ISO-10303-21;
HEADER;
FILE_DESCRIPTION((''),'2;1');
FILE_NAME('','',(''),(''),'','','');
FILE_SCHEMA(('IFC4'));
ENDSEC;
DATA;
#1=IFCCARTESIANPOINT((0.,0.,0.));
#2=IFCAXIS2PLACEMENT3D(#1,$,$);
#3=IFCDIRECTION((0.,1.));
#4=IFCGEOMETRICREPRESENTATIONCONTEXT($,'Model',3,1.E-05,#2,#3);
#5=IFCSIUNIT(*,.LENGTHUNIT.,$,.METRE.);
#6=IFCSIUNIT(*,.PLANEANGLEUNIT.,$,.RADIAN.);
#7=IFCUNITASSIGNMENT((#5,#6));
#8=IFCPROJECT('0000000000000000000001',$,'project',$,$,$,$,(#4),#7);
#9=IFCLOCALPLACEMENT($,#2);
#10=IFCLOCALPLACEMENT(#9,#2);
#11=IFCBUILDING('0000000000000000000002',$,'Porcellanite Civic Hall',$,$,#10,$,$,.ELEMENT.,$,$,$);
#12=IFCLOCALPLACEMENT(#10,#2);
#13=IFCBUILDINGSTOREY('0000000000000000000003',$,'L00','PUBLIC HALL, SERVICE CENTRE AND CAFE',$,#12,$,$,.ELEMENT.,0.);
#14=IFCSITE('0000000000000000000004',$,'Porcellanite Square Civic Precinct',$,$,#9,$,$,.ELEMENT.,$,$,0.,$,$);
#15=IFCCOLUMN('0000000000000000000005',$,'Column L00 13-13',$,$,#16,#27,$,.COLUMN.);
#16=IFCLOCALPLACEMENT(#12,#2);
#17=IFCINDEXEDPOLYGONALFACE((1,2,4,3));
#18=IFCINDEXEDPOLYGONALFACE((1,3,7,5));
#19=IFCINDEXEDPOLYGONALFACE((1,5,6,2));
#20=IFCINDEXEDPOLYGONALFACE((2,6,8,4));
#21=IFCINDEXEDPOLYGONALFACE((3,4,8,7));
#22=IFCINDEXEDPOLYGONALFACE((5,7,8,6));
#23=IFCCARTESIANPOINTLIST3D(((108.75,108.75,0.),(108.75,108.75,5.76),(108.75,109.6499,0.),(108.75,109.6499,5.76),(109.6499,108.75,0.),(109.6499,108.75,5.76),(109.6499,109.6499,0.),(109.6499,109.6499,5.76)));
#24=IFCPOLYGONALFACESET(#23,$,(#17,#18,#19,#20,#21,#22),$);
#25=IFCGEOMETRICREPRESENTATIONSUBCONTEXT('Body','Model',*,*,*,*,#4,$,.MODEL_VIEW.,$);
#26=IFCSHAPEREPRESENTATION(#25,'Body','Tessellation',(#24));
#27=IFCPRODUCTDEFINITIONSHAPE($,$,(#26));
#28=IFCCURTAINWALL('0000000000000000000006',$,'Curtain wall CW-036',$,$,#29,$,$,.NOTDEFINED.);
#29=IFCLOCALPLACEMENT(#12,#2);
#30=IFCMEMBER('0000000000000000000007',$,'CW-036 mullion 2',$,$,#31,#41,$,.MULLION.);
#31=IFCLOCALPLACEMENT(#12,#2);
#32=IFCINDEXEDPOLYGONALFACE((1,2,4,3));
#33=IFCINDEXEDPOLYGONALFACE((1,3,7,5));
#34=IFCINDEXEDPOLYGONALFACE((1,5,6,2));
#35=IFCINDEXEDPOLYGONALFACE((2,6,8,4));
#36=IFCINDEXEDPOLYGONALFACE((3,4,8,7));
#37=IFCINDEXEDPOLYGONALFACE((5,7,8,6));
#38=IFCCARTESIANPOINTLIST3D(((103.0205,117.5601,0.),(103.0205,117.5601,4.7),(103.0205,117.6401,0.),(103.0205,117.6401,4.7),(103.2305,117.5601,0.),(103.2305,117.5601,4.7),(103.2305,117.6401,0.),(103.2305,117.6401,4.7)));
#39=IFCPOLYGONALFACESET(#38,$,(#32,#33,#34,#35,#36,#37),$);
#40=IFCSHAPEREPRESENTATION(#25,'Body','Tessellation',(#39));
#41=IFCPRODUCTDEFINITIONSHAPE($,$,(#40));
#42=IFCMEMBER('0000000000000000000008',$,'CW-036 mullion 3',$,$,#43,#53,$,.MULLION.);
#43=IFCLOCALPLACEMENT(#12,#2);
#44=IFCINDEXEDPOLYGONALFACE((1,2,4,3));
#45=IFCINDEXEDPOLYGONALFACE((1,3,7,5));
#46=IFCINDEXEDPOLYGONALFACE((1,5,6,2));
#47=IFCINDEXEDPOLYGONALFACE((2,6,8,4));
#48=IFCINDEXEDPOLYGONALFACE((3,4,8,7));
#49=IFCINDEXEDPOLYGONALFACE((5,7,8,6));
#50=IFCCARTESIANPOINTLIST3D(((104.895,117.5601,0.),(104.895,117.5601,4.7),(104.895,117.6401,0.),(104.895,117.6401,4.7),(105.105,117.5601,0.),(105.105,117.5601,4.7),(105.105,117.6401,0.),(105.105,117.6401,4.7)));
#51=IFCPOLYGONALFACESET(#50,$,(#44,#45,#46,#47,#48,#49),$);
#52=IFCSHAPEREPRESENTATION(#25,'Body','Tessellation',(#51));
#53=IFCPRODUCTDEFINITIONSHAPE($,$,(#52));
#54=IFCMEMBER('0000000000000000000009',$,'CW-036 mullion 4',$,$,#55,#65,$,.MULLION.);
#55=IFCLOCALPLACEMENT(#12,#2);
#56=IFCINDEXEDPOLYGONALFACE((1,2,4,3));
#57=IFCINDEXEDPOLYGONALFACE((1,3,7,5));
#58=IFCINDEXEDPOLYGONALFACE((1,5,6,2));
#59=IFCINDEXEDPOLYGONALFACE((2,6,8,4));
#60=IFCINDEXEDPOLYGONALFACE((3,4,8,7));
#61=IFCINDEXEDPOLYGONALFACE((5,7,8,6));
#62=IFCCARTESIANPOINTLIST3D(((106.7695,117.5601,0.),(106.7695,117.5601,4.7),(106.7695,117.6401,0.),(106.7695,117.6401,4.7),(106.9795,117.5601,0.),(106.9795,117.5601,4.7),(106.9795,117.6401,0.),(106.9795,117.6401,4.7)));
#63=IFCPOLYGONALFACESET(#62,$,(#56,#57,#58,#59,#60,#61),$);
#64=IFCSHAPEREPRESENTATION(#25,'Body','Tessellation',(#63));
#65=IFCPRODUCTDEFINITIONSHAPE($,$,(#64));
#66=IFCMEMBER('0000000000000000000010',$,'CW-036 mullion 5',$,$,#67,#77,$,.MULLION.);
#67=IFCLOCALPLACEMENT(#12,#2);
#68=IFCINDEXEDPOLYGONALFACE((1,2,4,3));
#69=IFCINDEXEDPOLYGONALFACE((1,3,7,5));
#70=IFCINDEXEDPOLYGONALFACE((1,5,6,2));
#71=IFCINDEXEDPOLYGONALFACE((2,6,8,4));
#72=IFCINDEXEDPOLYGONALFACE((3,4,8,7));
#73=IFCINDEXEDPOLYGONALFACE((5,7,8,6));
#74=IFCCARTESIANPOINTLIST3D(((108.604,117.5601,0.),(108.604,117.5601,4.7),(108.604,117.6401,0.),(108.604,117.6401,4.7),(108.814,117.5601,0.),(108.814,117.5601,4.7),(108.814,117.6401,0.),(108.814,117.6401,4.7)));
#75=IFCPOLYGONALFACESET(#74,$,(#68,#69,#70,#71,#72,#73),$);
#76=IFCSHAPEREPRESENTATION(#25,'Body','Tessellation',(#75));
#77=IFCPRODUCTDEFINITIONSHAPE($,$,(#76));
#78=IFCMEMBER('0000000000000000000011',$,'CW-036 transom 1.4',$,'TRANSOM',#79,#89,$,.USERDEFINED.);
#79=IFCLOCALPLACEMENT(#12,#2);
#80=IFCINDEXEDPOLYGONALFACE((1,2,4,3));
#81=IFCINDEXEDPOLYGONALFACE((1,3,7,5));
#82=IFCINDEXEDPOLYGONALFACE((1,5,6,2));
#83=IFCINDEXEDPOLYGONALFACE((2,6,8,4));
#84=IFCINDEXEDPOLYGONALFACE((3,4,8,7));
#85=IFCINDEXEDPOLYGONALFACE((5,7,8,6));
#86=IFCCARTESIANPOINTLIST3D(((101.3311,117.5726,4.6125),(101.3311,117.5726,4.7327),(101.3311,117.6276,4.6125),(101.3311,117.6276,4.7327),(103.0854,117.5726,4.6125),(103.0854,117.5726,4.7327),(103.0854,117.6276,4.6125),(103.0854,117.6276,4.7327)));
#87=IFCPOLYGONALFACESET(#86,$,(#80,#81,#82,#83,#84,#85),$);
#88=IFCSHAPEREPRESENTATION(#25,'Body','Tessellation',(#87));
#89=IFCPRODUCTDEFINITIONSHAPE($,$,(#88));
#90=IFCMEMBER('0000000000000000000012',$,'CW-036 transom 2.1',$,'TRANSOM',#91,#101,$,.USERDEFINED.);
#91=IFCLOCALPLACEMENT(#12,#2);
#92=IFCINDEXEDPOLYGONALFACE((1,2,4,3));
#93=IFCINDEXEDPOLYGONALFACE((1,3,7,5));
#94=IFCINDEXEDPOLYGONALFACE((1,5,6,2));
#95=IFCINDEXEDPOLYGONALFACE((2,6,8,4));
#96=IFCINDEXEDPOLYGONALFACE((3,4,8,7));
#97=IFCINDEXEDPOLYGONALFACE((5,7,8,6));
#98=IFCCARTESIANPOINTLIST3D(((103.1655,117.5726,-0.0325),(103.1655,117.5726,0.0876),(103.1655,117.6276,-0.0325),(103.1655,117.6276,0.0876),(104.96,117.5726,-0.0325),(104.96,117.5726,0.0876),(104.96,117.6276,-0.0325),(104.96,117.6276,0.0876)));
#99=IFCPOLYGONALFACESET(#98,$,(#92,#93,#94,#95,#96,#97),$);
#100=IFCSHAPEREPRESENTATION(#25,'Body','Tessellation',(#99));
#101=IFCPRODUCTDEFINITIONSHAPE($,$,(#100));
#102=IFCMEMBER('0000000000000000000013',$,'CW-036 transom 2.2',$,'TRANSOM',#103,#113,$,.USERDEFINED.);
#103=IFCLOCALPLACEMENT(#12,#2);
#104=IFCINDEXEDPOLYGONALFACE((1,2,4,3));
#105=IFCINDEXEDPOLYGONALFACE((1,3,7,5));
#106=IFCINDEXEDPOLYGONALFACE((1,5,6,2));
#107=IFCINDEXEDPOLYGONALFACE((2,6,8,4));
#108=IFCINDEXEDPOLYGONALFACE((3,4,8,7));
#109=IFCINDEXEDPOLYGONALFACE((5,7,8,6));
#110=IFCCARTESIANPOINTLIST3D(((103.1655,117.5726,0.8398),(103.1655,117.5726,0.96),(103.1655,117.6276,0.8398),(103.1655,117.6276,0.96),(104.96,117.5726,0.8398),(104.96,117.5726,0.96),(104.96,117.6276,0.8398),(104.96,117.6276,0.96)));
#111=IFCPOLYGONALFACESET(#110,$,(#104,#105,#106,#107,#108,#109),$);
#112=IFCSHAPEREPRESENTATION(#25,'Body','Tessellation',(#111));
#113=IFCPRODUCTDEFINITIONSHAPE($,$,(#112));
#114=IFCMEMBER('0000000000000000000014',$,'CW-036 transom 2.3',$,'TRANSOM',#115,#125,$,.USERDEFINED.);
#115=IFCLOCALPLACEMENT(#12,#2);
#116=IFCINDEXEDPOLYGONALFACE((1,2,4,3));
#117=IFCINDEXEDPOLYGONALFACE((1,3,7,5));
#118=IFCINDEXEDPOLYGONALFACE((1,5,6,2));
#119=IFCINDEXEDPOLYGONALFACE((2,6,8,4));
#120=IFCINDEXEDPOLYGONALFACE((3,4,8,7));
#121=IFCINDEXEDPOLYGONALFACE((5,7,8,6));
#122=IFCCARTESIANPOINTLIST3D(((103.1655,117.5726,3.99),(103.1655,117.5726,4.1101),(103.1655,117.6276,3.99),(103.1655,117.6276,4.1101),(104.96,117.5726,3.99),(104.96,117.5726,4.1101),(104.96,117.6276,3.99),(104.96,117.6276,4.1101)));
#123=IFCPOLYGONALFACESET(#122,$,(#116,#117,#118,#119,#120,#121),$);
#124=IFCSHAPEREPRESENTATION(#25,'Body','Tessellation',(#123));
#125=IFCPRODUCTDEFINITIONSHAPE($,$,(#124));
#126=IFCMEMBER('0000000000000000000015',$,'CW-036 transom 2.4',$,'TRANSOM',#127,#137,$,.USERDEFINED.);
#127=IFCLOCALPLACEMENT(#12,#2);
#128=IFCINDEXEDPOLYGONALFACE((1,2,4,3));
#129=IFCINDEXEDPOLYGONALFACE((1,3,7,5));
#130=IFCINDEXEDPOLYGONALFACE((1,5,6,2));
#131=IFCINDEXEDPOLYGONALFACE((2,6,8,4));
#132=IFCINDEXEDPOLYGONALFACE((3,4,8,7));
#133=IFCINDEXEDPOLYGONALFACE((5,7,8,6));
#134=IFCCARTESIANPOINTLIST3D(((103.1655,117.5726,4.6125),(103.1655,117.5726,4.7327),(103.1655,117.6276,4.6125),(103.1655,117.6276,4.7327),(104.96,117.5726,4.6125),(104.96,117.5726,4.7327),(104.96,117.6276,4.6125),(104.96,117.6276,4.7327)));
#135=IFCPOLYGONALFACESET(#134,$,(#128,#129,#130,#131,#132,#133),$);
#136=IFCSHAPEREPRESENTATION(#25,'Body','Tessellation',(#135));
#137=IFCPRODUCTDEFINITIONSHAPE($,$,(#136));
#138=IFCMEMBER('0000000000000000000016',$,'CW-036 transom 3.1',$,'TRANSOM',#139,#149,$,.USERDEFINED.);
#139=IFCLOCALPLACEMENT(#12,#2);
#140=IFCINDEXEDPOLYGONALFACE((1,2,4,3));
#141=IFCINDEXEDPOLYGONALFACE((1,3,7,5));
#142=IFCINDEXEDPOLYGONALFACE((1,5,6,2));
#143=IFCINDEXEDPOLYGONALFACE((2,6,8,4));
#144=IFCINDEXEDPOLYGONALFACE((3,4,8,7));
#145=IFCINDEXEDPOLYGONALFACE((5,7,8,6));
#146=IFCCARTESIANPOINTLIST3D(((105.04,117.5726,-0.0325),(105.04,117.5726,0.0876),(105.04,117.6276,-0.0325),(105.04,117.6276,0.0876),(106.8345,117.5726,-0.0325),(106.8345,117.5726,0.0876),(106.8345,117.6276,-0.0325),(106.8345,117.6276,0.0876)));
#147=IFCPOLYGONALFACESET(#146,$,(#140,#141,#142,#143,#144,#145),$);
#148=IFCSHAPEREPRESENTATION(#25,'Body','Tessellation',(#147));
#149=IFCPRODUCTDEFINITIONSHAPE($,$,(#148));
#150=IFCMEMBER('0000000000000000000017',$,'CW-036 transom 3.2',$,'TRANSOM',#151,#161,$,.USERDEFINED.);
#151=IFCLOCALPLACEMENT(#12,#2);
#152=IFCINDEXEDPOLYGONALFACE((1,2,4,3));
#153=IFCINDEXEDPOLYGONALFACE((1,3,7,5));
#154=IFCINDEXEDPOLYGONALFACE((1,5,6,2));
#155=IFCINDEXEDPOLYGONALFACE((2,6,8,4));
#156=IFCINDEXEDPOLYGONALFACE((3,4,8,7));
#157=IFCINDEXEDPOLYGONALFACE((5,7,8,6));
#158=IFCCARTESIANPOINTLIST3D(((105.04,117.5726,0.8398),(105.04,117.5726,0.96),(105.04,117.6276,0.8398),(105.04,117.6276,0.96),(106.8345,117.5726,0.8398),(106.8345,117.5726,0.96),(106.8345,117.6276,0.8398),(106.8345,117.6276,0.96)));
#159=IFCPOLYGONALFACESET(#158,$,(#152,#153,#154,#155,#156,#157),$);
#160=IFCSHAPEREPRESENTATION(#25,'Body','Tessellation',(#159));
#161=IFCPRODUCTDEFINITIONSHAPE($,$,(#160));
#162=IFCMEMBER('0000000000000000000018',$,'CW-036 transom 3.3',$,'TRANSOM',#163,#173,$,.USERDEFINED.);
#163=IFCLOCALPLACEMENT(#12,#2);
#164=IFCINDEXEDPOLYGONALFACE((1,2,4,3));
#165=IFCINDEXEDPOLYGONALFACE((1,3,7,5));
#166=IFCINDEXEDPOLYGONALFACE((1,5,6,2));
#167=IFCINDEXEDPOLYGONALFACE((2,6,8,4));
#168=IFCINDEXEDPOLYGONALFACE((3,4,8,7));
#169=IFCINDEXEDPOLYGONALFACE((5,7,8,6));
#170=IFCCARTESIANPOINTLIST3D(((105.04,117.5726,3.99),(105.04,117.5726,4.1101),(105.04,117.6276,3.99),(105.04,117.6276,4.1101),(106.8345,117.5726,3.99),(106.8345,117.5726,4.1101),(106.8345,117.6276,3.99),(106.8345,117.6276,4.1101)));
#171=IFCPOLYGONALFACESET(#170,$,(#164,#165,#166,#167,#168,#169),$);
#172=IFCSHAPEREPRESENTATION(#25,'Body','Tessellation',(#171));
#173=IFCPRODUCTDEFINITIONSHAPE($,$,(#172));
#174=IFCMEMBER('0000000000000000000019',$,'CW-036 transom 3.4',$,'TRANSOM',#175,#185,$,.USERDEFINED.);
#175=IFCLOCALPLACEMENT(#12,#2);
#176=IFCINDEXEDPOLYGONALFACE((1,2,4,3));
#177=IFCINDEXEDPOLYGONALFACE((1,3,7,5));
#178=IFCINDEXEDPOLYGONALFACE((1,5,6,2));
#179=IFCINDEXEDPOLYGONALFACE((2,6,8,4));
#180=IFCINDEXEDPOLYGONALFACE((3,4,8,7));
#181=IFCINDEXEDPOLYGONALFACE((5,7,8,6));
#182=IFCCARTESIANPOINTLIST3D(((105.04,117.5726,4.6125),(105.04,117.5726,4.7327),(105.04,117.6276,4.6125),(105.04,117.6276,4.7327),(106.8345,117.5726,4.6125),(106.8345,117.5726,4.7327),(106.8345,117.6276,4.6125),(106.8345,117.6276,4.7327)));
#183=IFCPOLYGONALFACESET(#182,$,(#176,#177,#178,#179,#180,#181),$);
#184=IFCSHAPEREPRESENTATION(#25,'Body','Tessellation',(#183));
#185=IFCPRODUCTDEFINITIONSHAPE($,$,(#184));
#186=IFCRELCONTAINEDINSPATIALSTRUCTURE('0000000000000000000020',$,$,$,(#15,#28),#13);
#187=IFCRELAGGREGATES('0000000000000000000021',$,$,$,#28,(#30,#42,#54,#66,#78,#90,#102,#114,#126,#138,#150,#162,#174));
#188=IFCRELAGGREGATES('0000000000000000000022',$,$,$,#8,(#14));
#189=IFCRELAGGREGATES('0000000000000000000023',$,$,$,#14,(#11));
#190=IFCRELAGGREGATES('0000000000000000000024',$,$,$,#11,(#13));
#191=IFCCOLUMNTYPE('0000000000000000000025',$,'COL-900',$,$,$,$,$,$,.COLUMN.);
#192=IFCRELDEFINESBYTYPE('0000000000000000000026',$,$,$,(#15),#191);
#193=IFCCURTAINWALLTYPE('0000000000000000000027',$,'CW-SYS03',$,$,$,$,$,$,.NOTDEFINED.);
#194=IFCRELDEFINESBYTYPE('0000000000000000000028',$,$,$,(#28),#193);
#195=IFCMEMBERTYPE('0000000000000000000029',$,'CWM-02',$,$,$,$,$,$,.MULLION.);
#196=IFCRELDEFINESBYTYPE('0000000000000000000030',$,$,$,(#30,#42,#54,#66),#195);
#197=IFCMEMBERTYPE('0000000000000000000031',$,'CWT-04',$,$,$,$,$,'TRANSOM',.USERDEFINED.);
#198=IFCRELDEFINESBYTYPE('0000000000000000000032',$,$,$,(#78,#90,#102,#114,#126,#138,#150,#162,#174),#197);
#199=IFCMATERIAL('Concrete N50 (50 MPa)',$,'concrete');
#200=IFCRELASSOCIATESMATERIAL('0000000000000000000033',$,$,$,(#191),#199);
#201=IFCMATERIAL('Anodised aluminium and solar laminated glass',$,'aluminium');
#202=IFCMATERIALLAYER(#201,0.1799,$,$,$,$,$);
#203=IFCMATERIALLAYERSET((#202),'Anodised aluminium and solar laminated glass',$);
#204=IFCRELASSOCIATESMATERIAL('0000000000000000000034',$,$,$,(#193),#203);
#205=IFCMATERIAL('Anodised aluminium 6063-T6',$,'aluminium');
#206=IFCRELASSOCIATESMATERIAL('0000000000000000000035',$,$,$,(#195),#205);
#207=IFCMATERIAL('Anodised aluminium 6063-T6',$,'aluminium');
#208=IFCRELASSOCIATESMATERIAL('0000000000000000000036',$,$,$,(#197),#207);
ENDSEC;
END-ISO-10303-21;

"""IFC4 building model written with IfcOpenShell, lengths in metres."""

from ifc_helpers import new_model, si_unit, direction, frame, origin, origin_2d, place, context, subcontext, project, spatial, rectangle, extrude, material, layer, layer_set, material_profile, profile_set, type_object, element, aggregate, save


model = new_model("IFC4")

# Units and contexts
model_context = context("Model", 3, precision=1e-05, world=origin(), true_north=direction((0.0, 1.0)))
body_context = subcontext(model_context, "Body", "Model", "MODEL_VIEW")
ifc_project = project(units=[si_unit("LENGTHUNIT", "METRE"), si_unit("PLANEANGLEUNIT", "RADIAN")], contexts=[model_context])

# Site, building, storey
site_placement = place(None, origin())
site = spatial("IfcSite", under=ifc_project, at=site_placement, Name="Porcellanite Square Civic Precinct", CompositionType="ELEMENT", RefElevation=0.0)
building_placement = place(site_placement, origin())
building = spatial("IfcBuilding", under=site, at=building_placement, Name="Porcellanite Civic Hall", CompositionType="ELEMENT")
storey_placement = place(building_placement, origin())
storey = spatial("IfcBuildingStorey", under=building, at=storey_placement, Name="L00", Description="PUBLIC HALL, SERVICE CENTRE AND CAFE", CompositionType="ELEMENT", Elevation=0.0)

# Column
ifc_material_1 = material(Name="Concrete N50 (50 MPa)", Category="concrete")
ifc_material_profile_1 = material_profile(ifc_material_1, rectangle(XDim=0.8999, YDim=0.8999, at=origin_2d()), Name="RC-900x900")
ifc_profile_set_1 = profile_set([ifc_material_profile_1], Name="Concrete N50 (50 MPa)")
column_type = type_object("IfcColumnType", Name="COL-900", PredefinedType="COLUMN", material=ifc_profile_set_1)
column_placement = place(storey_placement, frame((109.2, 109.2, 0.0), z_axis=(0.0, 0.0, 1.0), x_axis=(1.0, 0.0, 0.0)))
element("IfcColumn", 1, at=column_placement, inside=storey, type_object=column_type, Name="Column L00 13-13", PredefinedType="COLUMN", context=body_context, shape_type="SweptSolid", body=[
    extrude(rectangle(XDim=0.8999, YDim=0.8999, at=origin_2d()), origin(), (0.0, 0.0, 1.0), 5.76),
])

# Curtain wall, members
ifc_material_2 = material(Name="Anodised aluminium and solar laminated glass", Category="aluminium")
ifc_layer_1 = layer(ifc_material_2, 0.1799)
ifc_layer_set_1 = layer_set([ifc_layer_1], Name="Anodised aluminium and solar laminated glass")
curtain_wall_type = type_object("IfcCurtainWallType", Name="CW-SYS03", PredefinedType="NOTDEFINED", material=ifc_layer_set_1)
curtain_wall_placement = place(storey_placement, origin())
curtain_wall = element("IfcCurtainWall", 2, at=curtain_wall_placement, inside=storey, type_object=curtain_wall_type, Name="Curtain wall CW-036", PredefinedType="NOTDEFINED")
ifc_material_3 = material(Name="Anodised aluminium 6063-T6", Category="aluminium")
ifc_material_profile_2 = material_profile(ifc_material_3, rectangle(XDim=0.0801, YDim=0.21, at=origin_2d()), Name="AL-80x210")
ifc_profile_set_2 = profile_set([ifc_material_profile_2], Name="Anodised aluminium 6063-T6")
member_type_1 = type_object("IfcMemberType", Name="CWM-02", PredefinedType="MULLION", material=ifc_profile_set_2)
member_1_placement = place(storey_placement, frame((103.1255, 117.6001, 0.0), z_axis=(0.0, 0.0, 1.0), x_axis=(0.0, 1.0, 0.0)))
member_1 = element("IfcMember", 3, at=member_1_placement, type_object=member_type_1, Name="CW-036 mullion 2", PredefinedType="MULLION", context=body_context, shape_type="SweptSolid", body=[
    extrude(rectangle(XDim=0.0801, YDim=0.21, at=origin_2d()), origin(), (0.0, 0.0, 1.0), 4.7),
])
member_2_placement = place(storey_placement, frame((105.0, 117.6001, 0.0), z_axis=(0.0, 0.0, 1.0), x_axis=(0.0, 1.0, 0.0)))
member_2 = element("IfcMember", 4, at=member_2_placement, type_object=member_type_1, Name="CW-036 mullion 3", PredefinedType="MULLION", context=body_context, shape_type="SweptSolid", body=[
    extrude(rectangle(XDim=0.0801, YDim=0.21, at=origin_2d()), origin(), (0.0, 0.0, 1.0), 4.7),
])
member_3_placement = place(storey_placement, frame((106.8745, 117.6001, 0.0), z_axis=(0.0, 0.0, 1.0), x_axis=(0.0, 1.0, 0.0)))
member_3 = element("IfcMember", 5, at=member_3_placement, type_object=member_type_1, Name="CW-036 mullion 4", PredefinedType="MULLION", context=body_context, shape_type="SweptSolid", body=[
    extrude(rectangle(XDim=0.0801, YDim=0.21, at=origin_2d()), origin(), (0.0, 0.0, 1.0), 4.7),
])
member_4_placement = place(storey_placement, frame((108.709, 117.6001, 0.0), z_axis=(0.0, 0.0, 1.0), x_axis=(0.0, 1.0, 0.0)))
member_4 = element("IfcMember", 6, at=member_4_placement, type_object=member_type_1, Name="CW-036 mullion 5", PredefinedType="MULLION", context=body_context, shape_type="SweptSolid", body=[
    extrude(rectangle(XDim=0.0801, YDim=0.21, at=origin_2d()), origin(), (0.0, 0.0, 1.0), 4.7),
])
ifc_material_4 = material(Name="Anodised aluminium 6063-T6", Category="aluminium")
ifc_material_profile_3 = material_profile(ifc_material_4, rectangle(XDim=0.0549, YDim=0.1201, at=origin_2d()), Name="AL-55x120")
ifc_profile_set_3 = profile_set([ifc_material_profile_3], Name="Anodised aluminium 6063-T6")
member_type_2 = type_object("IfcMemberType", Name="CWT-04", ElementType="TRANSOM", PredefinedType="USERDEFINED", material=ifc_profile_set_3)
member_5_placement = place(storey_placement, frame((101.3311, 117.6001, 4.6726), z_axis=(1.0, 0.0, 0.0), x_axis=(0.0, 1.0, 0.0)))
member_5 = element("IfcMember", 7, at=member_5_placement, type_object=member_type_2, Name="CW-036 transom 1.4", ObjectType="TRANSOM", PredefinedType="USERDEFINED", context=body_context, shape_type="SweptSolid", body=[
    extrude(rectangle(XDim=0.0549, YDim=0.1201, at=origin_2d()), origin(), (0.0, 0.0, 1.0), 1.7544),
])
member_6_placement = place(storey_placement, frame((103.1655, 117.6001, 0.0276), z_axis=(1.0, 0.0, 0.0), x_axis=(0.0, 1.0, 0.0)))
member_6 = element("IfcMember", 8, at=member_6_placement, type_object=member_type_2, Name="CW-036 transom 2.1", ObjectType="TRANSOM", PredefinedType="USERDEFINED", context=body_context, shape_type="SweptSolid", body=[
    extrude(rectangle(XDim=0.0549, YDim=0.1201, at=origin_2d()), origin(), (0.0, 0.0, 1.0), 1.7944),
])
member_7_placement = place(storey_placement, frame((103.1655, 117.6001, 0.8999), z_axis=(1.0, 0.0, 0.0), x_axis=(0.0, 1.0, 0.0)))
member_7 = element("IfcMember", 9, at=member_7_placement, type_object=member_type_2, Name="CW-036 transom 2.2", ObjectType="TRANSOM", PredefinedType="USERDEFINED", context=body_context, shape_type="SweptSolid", body=[
    extrude(rectangle(XDim=0.0549, YDim=0.1201, at=origin_2d()), origin(), (0.0, 0.0, 1.0), 1.7944),
])
member_8_placement = place(storey_placement, frame((103.1655, 117.6001, 4.05), z_axis=(1.0, 0.0, 0.0), x_axis=(0.0, 1.0, 0.0)))
member_8 = element("IfcMember", 10, at=member_8_placement, type_object=member_type_2, Name="CW-036 transom 2.3", ObjectType="TRANSOM", PredefinedType="USERDEFINED", context=body_context, shape_type="SweptSolid", body=[
    extrude(rectangle(XDim=0.0549, YDim=0.1201, at=origin_2d()), origin(), (0.0, 0.0, 1.0), 1.7944),
])
member_9_placement = place(storey_placement, frame((103.1655, 117.6001, 4.6726), z_axis=(1.0, 0.0, 0.0), x_axis=(0.0, 1.0, 0.0)))
member_9 = element("IfcMember", 11, at=member_9_placement, type_object=member_type_2, Name="CW-036 transom 2.4", ObjectType="TRANSOM", PredefinedType="USERDEFINED", context=body_context, shape_type="SweptSolid", body=[
    extrude(rectangle(XDim=0.0549, YDim=0.1201, at=origin_2d()), origin(), (0.0, 0.0, 1.0), 1.7944),
])
member_10_placement = place(storey_placement, frame((105.04, 117.6001, 0.0276), z_axis=(1.0, 0.0, 0.0), x_axis=(0.0, 1.0, 0.0)))
member_10 = element("IfcMember", 12, at=member_10_placement, type_object=member_type_2, Name="CW-036 transom 3.1", ObjectType="TRANSOM", PredefinedType="USERDEFINED", context=body_context, shape_type="SweptSolid", body=[
    extrude(rectangle(XDim=0.0549, YDim=0.1201, at=origin_2d()), origin(), (0.0, 0.0, 1.0), 1.7944),
])
member_11_placement = place(storey_placement, frame((105.04, 117.6001, 0.8999), z_axis=(1.0, 0.0, 0.0), x_axis=(0.0, 1.0, 0.0)))
member_11 = element("IfcMember", 13, at=member_11_placement, type_object=member_type_2, Name="CW-036 transom 3.2", ObjectType="TRANSOM", PredefinedType="USERDEFINED", context=body_context, shape_type="SweptSolid", body=[
    extrude(rectangle(XDim=0.0549, YDim=0.1201, at=origin_2d()), origin(), (0.0, 0.0, 1.0), 1.7944),
])
member_12_placement = place(storey_placement, frame((105.04, 117.6001, 4.05), z_axis=(1.0, 0.0, 0.0), x_axis=(0.0, 1.0, 0.0)))
member_12 = element("IfcMember", 14, at=member_12_placement, type_object=member_type_2, Name="CW-036 transom 3.3", ObjectType="TRANSOM", PredefinedType="USERDEFINED", context=body_context, shape_type="SweptSolid", body=[
    extrude(rectangle(XDim=0.0549, YDim=0.1201, at=origin_2d()), origin(), (0.0, 0.0, 1.0), 1.7944),
])
member_13_placement = place(storey_placement, frame((105.04, 117.6001, 4.6726), z_axis=(1.0, 0.0, 0.0), x_axis=(0.0, 1.0, 0.0)))
member_13 = element("IfcMember", 15, at=member_13_placement, type_object=member_type_2, Name="CW-036 transom 3.4", ObjectType="TRANSOM", PredefinedType="USERDEFINED", context=body_context, shape_type="SweptSolid", body=[
    extrude(rectangle(XDim=0.0549, YDim=0.1201, at=origin_2d()), origin(), (0.0, 0.0, 1.0), 1.7944),
])

aggregate(curtain_wall, [member_1, member_2, member_3, member_4, member_5, member_6, member_7, member_8, member_9, member_10, member_11, member_12, member_13])

save(model, "model.ifc")
